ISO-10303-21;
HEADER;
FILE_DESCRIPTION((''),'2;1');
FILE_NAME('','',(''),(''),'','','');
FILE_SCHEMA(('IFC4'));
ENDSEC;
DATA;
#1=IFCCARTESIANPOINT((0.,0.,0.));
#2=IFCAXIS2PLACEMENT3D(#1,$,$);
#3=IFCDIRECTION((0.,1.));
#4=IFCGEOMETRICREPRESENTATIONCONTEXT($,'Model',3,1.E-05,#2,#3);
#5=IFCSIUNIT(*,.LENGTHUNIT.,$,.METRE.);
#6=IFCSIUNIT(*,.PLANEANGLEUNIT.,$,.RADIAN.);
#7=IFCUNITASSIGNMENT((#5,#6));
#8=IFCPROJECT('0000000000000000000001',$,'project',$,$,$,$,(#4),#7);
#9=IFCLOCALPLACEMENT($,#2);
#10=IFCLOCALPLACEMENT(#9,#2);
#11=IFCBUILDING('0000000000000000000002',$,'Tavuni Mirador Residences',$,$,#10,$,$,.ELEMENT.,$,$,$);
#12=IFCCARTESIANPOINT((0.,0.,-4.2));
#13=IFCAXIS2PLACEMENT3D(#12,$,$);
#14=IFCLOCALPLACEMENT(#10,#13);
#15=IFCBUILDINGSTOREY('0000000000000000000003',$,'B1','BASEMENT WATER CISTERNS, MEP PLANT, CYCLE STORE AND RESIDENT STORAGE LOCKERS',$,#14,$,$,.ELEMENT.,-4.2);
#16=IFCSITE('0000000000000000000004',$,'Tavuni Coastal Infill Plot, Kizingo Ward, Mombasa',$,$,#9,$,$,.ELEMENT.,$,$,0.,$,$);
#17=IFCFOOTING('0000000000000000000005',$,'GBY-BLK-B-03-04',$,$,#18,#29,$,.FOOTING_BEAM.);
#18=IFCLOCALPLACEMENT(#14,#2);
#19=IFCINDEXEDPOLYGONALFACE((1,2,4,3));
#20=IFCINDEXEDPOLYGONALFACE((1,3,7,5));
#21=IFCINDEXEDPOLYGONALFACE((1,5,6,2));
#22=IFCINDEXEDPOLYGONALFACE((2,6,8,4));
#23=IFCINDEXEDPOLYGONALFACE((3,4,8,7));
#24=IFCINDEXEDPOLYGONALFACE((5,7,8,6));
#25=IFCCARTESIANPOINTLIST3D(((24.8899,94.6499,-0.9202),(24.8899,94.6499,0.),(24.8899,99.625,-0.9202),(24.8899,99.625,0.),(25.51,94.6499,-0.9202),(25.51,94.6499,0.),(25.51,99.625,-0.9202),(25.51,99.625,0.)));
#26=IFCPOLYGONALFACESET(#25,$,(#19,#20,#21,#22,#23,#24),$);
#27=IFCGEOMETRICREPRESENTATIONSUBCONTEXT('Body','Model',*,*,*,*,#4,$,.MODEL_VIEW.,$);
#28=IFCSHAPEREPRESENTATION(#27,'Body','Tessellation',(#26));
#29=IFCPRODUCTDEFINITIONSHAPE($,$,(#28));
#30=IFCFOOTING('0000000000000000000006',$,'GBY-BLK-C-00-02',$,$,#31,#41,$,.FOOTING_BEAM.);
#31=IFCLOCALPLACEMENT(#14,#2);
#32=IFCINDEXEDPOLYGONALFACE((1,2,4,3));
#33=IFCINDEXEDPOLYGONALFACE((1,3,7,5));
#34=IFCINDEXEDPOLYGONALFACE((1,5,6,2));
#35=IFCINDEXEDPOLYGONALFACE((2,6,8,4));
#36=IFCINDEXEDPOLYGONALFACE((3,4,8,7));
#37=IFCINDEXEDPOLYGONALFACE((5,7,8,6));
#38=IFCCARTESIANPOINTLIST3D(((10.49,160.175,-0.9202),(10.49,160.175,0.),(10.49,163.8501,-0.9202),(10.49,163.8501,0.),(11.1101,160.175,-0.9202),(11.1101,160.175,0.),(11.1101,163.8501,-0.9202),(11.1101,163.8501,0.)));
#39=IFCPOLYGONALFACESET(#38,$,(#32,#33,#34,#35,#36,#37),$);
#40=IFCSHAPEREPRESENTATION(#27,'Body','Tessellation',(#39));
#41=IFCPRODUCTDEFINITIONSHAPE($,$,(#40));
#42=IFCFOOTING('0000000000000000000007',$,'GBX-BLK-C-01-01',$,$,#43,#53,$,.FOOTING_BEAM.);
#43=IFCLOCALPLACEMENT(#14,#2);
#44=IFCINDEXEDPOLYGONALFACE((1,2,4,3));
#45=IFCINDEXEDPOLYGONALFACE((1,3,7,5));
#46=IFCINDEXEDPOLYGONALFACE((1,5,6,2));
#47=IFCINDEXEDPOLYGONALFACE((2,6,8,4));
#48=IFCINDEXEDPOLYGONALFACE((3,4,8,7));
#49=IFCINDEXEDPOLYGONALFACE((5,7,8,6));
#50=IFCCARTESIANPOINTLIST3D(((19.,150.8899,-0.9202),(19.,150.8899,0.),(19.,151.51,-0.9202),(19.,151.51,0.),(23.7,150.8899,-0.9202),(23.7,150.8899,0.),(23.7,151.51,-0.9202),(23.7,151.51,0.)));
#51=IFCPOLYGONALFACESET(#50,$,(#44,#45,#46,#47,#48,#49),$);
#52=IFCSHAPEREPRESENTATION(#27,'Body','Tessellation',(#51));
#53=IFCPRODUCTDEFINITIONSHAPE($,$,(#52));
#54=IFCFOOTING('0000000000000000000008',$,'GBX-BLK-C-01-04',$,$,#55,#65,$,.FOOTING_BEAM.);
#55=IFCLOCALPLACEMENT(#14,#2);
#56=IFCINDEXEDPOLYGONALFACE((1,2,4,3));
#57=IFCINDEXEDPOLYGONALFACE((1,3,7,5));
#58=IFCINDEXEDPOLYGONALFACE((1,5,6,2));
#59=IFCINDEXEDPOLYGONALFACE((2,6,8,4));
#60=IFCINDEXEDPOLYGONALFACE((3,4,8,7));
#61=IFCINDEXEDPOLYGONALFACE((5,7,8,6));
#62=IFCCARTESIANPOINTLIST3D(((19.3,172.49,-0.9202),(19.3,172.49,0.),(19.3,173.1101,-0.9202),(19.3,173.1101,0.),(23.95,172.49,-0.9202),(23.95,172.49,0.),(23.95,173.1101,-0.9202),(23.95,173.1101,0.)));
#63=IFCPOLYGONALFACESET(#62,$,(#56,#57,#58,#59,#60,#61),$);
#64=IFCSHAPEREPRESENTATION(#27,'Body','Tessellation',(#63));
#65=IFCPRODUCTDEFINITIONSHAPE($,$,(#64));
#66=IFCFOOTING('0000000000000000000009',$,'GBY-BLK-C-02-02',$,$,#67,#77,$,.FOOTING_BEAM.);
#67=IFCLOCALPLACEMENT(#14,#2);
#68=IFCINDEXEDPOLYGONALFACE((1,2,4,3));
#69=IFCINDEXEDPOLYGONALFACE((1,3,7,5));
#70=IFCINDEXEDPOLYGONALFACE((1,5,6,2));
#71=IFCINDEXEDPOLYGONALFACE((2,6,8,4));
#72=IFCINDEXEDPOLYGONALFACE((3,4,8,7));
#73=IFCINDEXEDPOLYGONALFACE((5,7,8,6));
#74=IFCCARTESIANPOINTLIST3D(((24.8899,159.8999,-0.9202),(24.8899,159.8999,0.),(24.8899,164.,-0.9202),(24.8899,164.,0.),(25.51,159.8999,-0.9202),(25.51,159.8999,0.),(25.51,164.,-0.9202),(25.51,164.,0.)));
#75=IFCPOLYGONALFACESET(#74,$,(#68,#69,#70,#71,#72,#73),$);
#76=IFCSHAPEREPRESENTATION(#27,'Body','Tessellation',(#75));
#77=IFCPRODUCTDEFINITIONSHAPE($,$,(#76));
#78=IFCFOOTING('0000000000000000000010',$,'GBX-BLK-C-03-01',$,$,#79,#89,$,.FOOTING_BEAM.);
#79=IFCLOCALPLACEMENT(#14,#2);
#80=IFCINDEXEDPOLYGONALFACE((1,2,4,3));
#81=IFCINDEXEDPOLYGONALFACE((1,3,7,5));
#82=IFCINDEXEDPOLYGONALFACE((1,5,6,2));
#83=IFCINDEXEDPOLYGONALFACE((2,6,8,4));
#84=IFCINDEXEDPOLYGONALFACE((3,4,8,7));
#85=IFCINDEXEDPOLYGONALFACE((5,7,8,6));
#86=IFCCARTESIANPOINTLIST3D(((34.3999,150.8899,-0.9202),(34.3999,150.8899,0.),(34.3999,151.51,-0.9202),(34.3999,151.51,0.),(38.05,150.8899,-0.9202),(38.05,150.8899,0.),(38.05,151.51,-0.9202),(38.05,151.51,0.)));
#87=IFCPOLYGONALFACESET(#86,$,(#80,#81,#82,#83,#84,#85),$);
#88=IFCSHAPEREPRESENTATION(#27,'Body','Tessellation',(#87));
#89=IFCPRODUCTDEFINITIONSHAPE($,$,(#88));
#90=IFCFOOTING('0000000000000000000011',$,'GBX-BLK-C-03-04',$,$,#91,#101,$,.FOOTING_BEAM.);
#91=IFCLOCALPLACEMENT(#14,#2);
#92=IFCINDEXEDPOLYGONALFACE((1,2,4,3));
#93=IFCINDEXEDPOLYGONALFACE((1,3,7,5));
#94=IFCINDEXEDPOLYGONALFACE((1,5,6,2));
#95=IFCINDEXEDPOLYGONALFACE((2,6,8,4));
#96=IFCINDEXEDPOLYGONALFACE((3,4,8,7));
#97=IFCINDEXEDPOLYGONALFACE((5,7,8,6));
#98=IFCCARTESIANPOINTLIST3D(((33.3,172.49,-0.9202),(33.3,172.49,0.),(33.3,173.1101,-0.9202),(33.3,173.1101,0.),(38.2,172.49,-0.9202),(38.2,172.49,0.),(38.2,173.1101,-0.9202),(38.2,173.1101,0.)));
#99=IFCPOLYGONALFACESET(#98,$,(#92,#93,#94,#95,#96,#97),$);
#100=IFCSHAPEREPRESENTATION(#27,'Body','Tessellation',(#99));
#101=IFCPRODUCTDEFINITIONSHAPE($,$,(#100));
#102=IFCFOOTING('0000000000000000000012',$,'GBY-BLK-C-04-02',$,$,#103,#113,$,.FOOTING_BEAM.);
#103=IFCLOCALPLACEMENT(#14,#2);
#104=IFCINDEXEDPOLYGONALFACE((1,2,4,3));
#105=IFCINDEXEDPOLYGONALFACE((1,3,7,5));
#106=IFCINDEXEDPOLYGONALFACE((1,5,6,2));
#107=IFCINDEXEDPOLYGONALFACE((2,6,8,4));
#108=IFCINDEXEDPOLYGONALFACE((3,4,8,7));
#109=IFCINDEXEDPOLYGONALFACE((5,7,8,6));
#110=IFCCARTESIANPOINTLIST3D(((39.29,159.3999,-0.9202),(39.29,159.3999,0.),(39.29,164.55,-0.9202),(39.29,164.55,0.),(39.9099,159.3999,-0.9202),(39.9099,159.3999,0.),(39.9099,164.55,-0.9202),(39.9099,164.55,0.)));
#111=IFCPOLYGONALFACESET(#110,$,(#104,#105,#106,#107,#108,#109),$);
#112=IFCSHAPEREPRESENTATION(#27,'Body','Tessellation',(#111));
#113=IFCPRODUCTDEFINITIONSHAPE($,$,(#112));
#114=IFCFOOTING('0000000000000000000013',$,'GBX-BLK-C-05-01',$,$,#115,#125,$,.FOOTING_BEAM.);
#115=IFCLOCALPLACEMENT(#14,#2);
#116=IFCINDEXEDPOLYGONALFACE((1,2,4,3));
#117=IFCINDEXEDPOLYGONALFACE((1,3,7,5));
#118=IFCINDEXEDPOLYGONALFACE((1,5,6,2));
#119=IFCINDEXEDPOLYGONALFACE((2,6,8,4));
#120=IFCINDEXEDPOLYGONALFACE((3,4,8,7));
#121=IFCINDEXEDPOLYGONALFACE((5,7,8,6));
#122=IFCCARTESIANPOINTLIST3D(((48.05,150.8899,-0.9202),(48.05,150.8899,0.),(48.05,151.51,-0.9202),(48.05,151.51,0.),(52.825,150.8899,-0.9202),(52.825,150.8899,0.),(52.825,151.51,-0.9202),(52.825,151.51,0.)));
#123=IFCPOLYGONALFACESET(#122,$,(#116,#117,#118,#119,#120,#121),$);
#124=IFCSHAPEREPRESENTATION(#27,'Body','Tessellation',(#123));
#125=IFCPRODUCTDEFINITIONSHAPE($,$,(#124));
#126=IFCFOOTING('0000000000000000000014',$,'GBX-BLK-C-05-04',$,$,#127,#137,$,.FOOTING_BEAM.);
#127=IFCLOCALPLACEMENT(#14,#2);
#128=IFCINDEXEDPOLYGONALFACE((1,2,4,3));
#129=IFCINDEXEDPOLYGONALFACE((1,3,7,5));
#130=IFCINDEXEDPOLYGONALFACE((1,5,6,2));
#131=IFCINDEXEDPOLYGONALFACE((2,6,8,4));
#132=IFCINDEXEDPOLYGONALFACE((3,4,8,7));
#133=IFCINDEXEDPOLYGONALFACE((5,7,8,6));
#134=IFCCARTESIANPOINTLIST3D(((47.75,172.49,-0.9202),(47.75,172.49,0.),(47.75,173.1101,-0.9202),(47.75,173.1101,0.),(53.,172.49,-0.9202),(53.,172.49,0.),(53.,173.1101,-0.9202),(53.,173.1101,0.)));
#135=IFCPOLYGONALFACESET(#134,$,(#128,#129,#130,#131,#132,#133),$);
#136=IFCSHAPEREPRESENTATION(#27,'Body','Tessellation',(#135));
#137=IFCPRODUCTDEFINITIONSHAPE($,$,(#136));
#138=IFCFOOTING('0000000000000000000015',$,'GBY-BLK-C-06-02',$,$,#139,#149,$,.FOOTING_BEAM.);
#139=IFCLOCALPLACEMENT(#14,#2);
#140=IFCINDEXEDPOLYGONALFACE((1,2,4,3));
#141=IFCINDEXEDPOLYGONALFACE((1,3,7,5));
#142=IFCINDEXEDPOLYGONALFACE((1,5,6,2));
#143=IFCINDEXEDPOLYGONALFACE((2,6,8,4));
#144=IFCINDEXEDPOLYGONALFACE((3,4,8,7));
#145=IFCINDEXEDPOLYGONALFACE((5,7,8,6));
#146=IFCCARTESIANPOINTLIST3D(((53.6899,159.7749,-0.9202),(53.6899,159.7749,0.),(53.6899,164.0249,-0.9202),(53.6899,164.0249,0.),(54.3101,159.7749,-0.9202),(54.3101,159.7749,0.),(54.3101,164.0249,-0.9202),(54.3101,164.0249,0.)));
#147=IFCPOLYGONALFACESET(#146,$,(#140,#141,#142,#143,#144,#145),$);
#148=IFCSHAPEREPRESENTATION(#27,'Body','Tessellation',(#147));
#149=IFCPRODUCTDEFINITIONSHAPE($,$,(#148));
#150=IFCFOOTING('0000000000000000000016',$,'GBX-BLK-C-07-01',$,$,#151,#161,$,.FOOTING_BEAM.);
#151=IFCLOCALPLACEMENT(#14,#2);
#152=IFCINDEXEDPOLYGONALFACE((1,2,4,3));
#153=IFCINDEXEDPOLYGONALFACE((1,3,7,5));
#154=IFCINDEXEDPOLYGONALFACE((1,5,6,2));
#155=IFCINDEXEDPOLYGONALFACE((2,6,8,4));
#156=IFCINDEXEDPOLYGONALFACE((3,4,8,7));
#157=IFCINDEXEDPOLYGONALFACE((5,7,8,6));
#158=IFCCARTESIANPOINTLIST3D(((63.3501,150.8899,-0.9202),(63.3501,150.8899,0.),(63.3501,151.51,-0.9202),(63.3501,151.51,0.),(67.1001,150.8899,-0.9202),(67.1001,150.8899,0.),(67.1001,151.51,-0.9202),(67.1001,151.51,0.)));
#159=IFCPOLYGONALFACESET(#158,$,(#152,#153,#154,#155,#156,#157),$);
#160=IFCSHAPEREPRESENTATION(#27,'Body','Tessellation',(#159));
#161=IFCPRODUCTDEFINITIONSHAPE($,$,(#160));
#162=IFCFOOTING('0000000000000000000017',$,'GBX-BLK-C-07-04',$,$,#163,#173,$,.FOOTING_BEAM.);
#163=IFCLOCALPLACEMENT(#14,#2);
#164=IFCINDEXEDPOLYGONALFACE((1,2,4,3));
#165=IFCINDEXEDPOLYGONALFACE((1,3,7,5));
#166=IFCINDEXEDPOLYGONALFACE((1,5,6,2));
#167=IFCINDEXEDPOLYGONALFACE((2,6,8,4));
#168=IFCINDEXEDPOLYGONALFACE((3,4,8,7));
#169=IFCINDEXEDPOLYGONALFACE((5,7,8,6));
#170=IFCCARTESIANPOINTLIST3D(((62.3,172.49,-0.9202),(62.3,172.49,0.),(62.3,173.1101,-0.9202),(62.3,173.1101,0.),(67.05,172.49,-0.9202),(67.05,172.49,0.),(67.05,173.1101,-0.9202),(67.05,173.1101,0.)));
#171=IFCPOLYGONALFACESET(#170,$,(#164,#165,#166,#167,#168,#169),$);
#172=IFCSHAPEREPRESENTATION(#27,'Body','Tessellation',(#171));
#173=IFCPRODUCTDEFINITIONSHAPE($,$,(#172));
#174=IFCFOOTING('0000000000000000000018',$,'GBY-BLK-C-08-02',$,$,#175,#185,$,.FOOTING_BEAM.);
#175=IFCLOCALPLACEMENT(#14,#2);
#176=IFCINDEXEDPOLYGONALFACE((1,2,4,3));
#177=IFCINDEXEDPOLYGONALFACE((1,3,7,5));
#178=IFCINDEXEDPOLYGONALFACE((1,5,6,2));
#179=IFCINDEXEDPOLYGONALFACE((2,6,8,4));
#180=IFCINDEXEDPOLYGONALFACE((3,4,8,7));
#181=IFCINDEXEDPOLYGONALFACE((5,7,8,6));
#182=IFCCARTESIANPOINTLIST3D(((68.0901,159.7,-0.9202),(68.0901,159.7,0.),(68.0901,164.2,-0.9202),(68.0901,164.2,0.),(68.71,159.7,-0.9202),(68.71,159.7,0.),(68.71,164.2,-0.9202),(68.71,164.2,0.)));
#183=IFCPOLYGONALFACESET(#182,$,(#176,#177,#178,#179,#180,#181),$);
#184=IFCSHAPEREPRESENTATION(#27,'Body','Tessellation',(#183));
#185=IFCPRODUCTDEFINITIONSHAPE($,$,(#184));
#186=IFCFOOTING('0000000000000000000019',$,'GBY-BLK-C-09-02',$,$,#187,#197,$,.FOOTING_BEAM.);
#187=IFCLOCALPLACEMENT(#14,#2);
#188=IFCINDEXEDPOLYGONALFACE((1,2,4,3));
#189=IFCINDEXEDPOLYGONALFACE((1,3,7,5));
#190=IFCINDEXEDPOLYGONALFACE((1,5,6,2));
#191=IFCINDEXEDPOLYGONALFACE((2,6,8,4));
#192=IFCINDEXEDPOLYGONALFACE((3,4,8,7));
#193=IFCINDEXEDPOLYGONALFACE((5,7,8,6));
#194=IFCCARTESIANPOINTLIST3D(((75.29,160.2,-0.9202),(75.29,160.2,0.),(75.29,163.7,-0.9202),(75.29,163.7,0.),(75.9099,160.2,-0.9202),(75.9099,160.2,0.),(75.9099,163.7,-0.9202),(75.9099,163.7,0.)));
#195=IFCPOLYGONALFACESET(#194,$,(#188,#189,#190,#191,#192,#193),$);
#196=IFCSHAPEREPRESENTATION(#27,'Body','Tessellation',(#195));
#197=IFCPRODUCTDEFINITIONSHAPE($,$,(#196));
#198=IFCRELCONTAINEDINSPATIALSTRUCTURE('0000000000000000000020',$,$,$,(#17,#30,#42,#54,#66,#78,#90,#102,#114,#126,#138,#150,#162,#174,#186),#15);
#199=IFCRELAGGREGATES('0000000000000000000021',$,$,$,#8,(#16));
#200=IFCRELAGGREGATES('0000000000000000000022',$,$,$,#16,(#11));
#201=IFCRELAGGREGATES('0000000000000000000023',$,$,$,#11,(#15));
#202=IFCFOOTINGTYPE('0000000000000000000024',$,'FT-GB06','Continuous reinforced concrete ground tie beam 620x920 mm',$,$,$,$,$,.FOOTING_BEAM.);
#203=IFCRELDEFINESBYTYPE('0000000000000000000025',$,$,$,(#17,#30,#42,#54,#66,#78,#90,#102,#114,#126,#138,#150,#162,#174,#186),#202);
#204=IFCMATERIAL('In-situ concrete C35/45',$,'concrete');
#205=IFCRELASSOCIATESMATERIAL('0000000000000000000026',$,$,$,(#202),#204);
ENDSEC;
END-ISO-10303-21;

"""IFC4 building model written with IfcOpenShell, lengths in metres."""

from ifc_helpers import new_model, si_unit, direction, frame, origin, place, context, subcontext, project, spatial, polyline, outline, extrude, material, type_object, element, save


model = new_model("IFC4")

# Units and contexts
model_context = context("Model", 3, precision=1e-05, world=origin(), true_north=direction((0.0, 1.0)))
body_context = subcontext(model_context, "Body", "Model", "MODEL_VIEW")
ifc_project = project(units=[si_unit("LENGTHUNIT", "METRE"), si_unit("PLANEANGLEUNIT", "RADIAN")], contexts=[model_context])

# Site, building, storey
site_placement = place(None, origin())
site = spatial("IfcSite", under=ifc_project, at=site_placement, Name="Tavuni Coastal Infill Plot, Kizingo Ward, Mombasa", CompositionType="ELEMENT", RefElevation=0.0)
building_placement = place(site_placement, origin())
building = spatial("IfcBuilding", under=site, at=building_placement, Name="Tavuni Mirador Residences", CompositionType="ELEMENT")
storey_placement = place(building_placement, frame((0.0, 0.0, -4.2)))
storey = spatial("IfcBuildingStorey", under=building, at=storey_placement, Name="B1", Description="BASEMENT WATER CISTERNS, MEP PLANT, CYCLE STORE AND RESIDENT STORAGE LOCKERS", CompositionType="ELEMENT", Elevation=-4.2)

# Footings
ifc_material = material(Name="In-situ concrete C35/45", Category="concrete")
footing_type = type_object("IfcFootingType", Name="FT-GB06", Description="Continuous reinforced concrete ground tie beam 620x920 mm", PredefinedType="FOOTING_BEAM", material=ifc_material)
footing_1_placement = place(storey_placement, frame((0.0, 0.0, -0.9202)))
element("IfcFooting", 1, at=footing_1_placement, inside=storey, type_object=footing_type, Name="GBY-BLK-B-03-04", PredefinedType="FOOTING_BEAM", context=body_context, shape_type="SweptSolid", body=[
    extrude(outline(polyline([(24.8899, 94.6499), (25.51, 94.6499), (25.51, 99.625), (24.8899, 99.625), (24.8899, 94.6499)])), origin(), (0.0, 0.0, 1.0), 0.9202),
])
footing_2_placement = place(storey_placement, frame((0.0, 0.0, -0.9202)))
element("IfcFooting", 2, at=footing_2_placement, inside=storey, type_object=footing_type, Name="GBY-BLK-C-00-02", PredefinedType="FOOTING_BEAM", context=body_context, shape_type="SweptSolid", body=[
    extrude(outline(polyline([(10.49, 160.175), (11.1101, 160.175), (11.1101, 163.8501), (10.49, 163.8501), (10.49, 160.175)])), origin(), (0.0, 0.0, 1.0), 0.9202),
])
footing_3_placement = place(storey_placement, frame((0.0, 0.0, -0.9202)))
element("IfcFooting", 3, at=footing_3_placement, inside=storey, type_object=footing_type, Name="GBX-BLK-C-01-01", PredefinedType="FOOTING_BEAM", context=body_context, shape_type="SweptSolid", body=[
    extrude(outline(polyline([(19.0, 150.8899), (23.7, 150.8899), (23.7, 151.51), (19.0, 151.51), (19.0, 150.8899)])), origin(), (0.0, 0.0, 1.0), 0.9202),
])
footing_4_placement = place(storey_placement, frame((0.0, 0.0, -0.9202)))
element("IfcFooting", 4, at=footing_4_placement, inside=storey, type_object=footing_type, Name="GBX-BLK-C-01-04", PredefinedType="FOOTING_BEAM", context=body_context, shape_type="SweptSolid", body=[
    extrude(outline(polyline([(19.3, 172.49), (23.95, 172.49), (23.95, 173.1101), (19.3, 173.1101), (19.3, 172.49)])), origin(), (0.0, 0.0, 1.0), 0.9202),
])
footing_5_placement = place(storey_placement, frame((0.0, 0.0, -0.9202)))
element("IfcFooting", 5, at=footing_5_placement, inside=storey, type_object=footing_type, Name="GBY-BLK-C-02-02", PredefinedType="FOOTING_BEAM", context=body_context, shape_type="SweptSolid", body=[
    extrude(outline(polyline([(24.8899, 159.8999), (25.51, 159.8999), (25.51, 164.0), (24.8899, 164.0), (24.8899, 159.8999)])), origin(), (0.0, 0.0, 1.0), 0.9202),
])
footing_6_placement = place(storey_placement, frame((0.0, 0.0, -0.9202)))
element("IfcFooting", 6, at=footing_6_placement, inside=storey, type_object=footing_type, Name="GBX-BLK-C-03-01", PredefinedType="FOOTING_BEAM", context=body_context, shape_type="SweptSolid", body=[
    extrude(outline(polyline([(34.3999, 150.8899), (38.05, 150.8899), (38.05, 151.51), (34.3999, 151.51), (34.3999, 150.8899)])), origin(), (0.0, 0.0, 1.0), 0.9202),
])
footing_7_placement = place(storey_placement, frame((0.0, 0.0, -0.9202)))
element("IfcFooting", 7, at=footing_7_placement, inside=storey, type_object=footing_type, Name="GBX-BLK-C-03-04", PredefinedType="FOOTING_BEAM", context=body_context, shape_type="SweptSolid", body=[
    extrude(outline(polyline([(33.3, 172.49), (38.2, 172.49), (38.2, 173.1101), (33.3, 173.1101), (33.3, 172.49)])), origin(), (0.0, 0.0, 1.0), 0.9202),
])
footing_8_placement = place(storey_placement, frame((0.0, 0.0, -0.9202)))
element("IfcFooting", 8, at=footing_8_placement, inside=storey, type_object=footing_type, Name="GBY-BLK-C-04-02", PredefinedType="FOOTING_BEAM", context=body_context, shape_type="SweptSolid", body=[
    extrude(outline(polyline([(39.29, 159.3999), (39.9099, 159.3999), (39.9099, 164.55), (39.29, 164.55), (39.29, 159.3999)])), origin(), (0.0, 0.0, 1.0), 0.9202),
])
footing_9_placement = place(storey_placement, frame((0.0, 0.0, -0.9202)))
element("IfcFooting", 9, at=footing_9_placement, inside=storey, type_object=footing_type, Name="GBX-BLK-C-05-01", PredefinedType="FOOTING_BEAM", context=body_context, shape_type="SweptSolid", body=[
    extrude(outline(polyline([(48.05, 150.8899), (52.825, 150.8899), (52.825, 151.51), (48.05, 151.51), (48.05, 150.8899)])), origin(), (0.0, 0.0, 1.0), 0.9202),
])
footing_10_placement = place(storey_placement, frame((0.0, 0.0, -0.9202)))
element("IfcFooting", 10, at=footing_10_placement, inside=storey, type_object=footing_type, Name="GBX-BLK-C-05-04", PredefinedType="FOOTING_BEAM", context=body_context, shape_type="SweptSolid", body=[
    extrude(outline(polyline([(47.75, 172.49), (53.0, 172.49), (53.0, 173.1101), (47.75, 173.1101), (47.75, 172.49)])), origin(), (0.0, 0.0, 1.0), 0.9202),
])
footing_11_placement = place(storey_placement, frame((0.0, 0.0, -0.9202)))
element("IfcFooting", 11, at=footing_11_placement, inside=storey, type_object=footing_type, Name="GBY-BLK-C-06-02", PredefinedType="FOOTING_BEAM", context=body_context, shape_type="SweptSolid", body=[
    extrude(outline(polyline([(53.6899, 159.7749), (54.3101, 159.7749), (54.3101, 164.0249), (53.6899, 164.0249), (53.6899, 159.7749)])), origin(), (0.0, 0.0, 1.0), 0.9202),
])
footing_12_placement = place(storey_placement, frame((0.0, 0.0, -0.9202)))
element("IfcFooting", 12, at=footing_12_placement, inside=storey, type_object=footing_type, Name="GBX-BLK-C-07-01", PredefinedType="FOOTING_BEAM", context=body_context, shape_type="SweptSolid", body=[
    extrude(outline(polyline([(63.3501, 150.8899), (67.1001, 150.8899), (67.1001, 151.51), (63.3501, 151.51), (63.3501, 150.8899)])), origin(), (0.0, 0.0, 1.0), 0.9202),
])
footing_13_placement = place(storey_placement, frame((0.0, 0.0, -0.9202)))
element("IfcFooting", 13, at=footing_13_placement, inside=storey, type_object=footing_type, Name="GBX-BLK-C-07-04", PredefinedType="FOOTING_BEAM", context=body_context, shape_type="SweptSolid", body=[
    extrude(outline(polyline([(62.3, 172.49), (67.05, 172.49), (67.05, 173.1101), (62.3, 173.1101), (62.3, 172.49)])), origin(), (0.0, 0.0, 1.0), 0.9202),
])
footing_14_placement = place(storey_placement, frame((0.0, 0.0, -0.9202)))
element("IfcFooting", 14, at=footing_14_placement, inside=storey, type_object=footing_type, Name="GBY-BLK-C-08-02", PredefinedType="FOOTING_BEAM", context=body_context, shape_type="SweptSolid", body=[
    extrude(outline(polyline([(68.0901, 159.7), (68.71, 159.7), (68.71, 164.2), (68.0901, 164.2), (68.0901, 159.7)])), origin(), (0.0, 0.0, 1.0), 0.9202),
])
footing_15_placement = place(storey_placement, frame((0.0, 0.0, -0.9202)))
element("IfcFooting", 15, at=footing_15_placement, inside=storey, type_object=footing_type, Name="GBY-BLK-C-09-02", PredefinedType="FOOTING_BEAM", context=body_context, shape_type="SweptSolid", body=[
    extrude(outline(polyline([(75.29, 160.2), (75.9099, 160.2), (75.9099, 163.7), (75.29, 163.7), (75.29, 160.2)])), origin(), (0.0, 0.0, 1.0), 0.9202),
])

save(model, "model.ifc")
